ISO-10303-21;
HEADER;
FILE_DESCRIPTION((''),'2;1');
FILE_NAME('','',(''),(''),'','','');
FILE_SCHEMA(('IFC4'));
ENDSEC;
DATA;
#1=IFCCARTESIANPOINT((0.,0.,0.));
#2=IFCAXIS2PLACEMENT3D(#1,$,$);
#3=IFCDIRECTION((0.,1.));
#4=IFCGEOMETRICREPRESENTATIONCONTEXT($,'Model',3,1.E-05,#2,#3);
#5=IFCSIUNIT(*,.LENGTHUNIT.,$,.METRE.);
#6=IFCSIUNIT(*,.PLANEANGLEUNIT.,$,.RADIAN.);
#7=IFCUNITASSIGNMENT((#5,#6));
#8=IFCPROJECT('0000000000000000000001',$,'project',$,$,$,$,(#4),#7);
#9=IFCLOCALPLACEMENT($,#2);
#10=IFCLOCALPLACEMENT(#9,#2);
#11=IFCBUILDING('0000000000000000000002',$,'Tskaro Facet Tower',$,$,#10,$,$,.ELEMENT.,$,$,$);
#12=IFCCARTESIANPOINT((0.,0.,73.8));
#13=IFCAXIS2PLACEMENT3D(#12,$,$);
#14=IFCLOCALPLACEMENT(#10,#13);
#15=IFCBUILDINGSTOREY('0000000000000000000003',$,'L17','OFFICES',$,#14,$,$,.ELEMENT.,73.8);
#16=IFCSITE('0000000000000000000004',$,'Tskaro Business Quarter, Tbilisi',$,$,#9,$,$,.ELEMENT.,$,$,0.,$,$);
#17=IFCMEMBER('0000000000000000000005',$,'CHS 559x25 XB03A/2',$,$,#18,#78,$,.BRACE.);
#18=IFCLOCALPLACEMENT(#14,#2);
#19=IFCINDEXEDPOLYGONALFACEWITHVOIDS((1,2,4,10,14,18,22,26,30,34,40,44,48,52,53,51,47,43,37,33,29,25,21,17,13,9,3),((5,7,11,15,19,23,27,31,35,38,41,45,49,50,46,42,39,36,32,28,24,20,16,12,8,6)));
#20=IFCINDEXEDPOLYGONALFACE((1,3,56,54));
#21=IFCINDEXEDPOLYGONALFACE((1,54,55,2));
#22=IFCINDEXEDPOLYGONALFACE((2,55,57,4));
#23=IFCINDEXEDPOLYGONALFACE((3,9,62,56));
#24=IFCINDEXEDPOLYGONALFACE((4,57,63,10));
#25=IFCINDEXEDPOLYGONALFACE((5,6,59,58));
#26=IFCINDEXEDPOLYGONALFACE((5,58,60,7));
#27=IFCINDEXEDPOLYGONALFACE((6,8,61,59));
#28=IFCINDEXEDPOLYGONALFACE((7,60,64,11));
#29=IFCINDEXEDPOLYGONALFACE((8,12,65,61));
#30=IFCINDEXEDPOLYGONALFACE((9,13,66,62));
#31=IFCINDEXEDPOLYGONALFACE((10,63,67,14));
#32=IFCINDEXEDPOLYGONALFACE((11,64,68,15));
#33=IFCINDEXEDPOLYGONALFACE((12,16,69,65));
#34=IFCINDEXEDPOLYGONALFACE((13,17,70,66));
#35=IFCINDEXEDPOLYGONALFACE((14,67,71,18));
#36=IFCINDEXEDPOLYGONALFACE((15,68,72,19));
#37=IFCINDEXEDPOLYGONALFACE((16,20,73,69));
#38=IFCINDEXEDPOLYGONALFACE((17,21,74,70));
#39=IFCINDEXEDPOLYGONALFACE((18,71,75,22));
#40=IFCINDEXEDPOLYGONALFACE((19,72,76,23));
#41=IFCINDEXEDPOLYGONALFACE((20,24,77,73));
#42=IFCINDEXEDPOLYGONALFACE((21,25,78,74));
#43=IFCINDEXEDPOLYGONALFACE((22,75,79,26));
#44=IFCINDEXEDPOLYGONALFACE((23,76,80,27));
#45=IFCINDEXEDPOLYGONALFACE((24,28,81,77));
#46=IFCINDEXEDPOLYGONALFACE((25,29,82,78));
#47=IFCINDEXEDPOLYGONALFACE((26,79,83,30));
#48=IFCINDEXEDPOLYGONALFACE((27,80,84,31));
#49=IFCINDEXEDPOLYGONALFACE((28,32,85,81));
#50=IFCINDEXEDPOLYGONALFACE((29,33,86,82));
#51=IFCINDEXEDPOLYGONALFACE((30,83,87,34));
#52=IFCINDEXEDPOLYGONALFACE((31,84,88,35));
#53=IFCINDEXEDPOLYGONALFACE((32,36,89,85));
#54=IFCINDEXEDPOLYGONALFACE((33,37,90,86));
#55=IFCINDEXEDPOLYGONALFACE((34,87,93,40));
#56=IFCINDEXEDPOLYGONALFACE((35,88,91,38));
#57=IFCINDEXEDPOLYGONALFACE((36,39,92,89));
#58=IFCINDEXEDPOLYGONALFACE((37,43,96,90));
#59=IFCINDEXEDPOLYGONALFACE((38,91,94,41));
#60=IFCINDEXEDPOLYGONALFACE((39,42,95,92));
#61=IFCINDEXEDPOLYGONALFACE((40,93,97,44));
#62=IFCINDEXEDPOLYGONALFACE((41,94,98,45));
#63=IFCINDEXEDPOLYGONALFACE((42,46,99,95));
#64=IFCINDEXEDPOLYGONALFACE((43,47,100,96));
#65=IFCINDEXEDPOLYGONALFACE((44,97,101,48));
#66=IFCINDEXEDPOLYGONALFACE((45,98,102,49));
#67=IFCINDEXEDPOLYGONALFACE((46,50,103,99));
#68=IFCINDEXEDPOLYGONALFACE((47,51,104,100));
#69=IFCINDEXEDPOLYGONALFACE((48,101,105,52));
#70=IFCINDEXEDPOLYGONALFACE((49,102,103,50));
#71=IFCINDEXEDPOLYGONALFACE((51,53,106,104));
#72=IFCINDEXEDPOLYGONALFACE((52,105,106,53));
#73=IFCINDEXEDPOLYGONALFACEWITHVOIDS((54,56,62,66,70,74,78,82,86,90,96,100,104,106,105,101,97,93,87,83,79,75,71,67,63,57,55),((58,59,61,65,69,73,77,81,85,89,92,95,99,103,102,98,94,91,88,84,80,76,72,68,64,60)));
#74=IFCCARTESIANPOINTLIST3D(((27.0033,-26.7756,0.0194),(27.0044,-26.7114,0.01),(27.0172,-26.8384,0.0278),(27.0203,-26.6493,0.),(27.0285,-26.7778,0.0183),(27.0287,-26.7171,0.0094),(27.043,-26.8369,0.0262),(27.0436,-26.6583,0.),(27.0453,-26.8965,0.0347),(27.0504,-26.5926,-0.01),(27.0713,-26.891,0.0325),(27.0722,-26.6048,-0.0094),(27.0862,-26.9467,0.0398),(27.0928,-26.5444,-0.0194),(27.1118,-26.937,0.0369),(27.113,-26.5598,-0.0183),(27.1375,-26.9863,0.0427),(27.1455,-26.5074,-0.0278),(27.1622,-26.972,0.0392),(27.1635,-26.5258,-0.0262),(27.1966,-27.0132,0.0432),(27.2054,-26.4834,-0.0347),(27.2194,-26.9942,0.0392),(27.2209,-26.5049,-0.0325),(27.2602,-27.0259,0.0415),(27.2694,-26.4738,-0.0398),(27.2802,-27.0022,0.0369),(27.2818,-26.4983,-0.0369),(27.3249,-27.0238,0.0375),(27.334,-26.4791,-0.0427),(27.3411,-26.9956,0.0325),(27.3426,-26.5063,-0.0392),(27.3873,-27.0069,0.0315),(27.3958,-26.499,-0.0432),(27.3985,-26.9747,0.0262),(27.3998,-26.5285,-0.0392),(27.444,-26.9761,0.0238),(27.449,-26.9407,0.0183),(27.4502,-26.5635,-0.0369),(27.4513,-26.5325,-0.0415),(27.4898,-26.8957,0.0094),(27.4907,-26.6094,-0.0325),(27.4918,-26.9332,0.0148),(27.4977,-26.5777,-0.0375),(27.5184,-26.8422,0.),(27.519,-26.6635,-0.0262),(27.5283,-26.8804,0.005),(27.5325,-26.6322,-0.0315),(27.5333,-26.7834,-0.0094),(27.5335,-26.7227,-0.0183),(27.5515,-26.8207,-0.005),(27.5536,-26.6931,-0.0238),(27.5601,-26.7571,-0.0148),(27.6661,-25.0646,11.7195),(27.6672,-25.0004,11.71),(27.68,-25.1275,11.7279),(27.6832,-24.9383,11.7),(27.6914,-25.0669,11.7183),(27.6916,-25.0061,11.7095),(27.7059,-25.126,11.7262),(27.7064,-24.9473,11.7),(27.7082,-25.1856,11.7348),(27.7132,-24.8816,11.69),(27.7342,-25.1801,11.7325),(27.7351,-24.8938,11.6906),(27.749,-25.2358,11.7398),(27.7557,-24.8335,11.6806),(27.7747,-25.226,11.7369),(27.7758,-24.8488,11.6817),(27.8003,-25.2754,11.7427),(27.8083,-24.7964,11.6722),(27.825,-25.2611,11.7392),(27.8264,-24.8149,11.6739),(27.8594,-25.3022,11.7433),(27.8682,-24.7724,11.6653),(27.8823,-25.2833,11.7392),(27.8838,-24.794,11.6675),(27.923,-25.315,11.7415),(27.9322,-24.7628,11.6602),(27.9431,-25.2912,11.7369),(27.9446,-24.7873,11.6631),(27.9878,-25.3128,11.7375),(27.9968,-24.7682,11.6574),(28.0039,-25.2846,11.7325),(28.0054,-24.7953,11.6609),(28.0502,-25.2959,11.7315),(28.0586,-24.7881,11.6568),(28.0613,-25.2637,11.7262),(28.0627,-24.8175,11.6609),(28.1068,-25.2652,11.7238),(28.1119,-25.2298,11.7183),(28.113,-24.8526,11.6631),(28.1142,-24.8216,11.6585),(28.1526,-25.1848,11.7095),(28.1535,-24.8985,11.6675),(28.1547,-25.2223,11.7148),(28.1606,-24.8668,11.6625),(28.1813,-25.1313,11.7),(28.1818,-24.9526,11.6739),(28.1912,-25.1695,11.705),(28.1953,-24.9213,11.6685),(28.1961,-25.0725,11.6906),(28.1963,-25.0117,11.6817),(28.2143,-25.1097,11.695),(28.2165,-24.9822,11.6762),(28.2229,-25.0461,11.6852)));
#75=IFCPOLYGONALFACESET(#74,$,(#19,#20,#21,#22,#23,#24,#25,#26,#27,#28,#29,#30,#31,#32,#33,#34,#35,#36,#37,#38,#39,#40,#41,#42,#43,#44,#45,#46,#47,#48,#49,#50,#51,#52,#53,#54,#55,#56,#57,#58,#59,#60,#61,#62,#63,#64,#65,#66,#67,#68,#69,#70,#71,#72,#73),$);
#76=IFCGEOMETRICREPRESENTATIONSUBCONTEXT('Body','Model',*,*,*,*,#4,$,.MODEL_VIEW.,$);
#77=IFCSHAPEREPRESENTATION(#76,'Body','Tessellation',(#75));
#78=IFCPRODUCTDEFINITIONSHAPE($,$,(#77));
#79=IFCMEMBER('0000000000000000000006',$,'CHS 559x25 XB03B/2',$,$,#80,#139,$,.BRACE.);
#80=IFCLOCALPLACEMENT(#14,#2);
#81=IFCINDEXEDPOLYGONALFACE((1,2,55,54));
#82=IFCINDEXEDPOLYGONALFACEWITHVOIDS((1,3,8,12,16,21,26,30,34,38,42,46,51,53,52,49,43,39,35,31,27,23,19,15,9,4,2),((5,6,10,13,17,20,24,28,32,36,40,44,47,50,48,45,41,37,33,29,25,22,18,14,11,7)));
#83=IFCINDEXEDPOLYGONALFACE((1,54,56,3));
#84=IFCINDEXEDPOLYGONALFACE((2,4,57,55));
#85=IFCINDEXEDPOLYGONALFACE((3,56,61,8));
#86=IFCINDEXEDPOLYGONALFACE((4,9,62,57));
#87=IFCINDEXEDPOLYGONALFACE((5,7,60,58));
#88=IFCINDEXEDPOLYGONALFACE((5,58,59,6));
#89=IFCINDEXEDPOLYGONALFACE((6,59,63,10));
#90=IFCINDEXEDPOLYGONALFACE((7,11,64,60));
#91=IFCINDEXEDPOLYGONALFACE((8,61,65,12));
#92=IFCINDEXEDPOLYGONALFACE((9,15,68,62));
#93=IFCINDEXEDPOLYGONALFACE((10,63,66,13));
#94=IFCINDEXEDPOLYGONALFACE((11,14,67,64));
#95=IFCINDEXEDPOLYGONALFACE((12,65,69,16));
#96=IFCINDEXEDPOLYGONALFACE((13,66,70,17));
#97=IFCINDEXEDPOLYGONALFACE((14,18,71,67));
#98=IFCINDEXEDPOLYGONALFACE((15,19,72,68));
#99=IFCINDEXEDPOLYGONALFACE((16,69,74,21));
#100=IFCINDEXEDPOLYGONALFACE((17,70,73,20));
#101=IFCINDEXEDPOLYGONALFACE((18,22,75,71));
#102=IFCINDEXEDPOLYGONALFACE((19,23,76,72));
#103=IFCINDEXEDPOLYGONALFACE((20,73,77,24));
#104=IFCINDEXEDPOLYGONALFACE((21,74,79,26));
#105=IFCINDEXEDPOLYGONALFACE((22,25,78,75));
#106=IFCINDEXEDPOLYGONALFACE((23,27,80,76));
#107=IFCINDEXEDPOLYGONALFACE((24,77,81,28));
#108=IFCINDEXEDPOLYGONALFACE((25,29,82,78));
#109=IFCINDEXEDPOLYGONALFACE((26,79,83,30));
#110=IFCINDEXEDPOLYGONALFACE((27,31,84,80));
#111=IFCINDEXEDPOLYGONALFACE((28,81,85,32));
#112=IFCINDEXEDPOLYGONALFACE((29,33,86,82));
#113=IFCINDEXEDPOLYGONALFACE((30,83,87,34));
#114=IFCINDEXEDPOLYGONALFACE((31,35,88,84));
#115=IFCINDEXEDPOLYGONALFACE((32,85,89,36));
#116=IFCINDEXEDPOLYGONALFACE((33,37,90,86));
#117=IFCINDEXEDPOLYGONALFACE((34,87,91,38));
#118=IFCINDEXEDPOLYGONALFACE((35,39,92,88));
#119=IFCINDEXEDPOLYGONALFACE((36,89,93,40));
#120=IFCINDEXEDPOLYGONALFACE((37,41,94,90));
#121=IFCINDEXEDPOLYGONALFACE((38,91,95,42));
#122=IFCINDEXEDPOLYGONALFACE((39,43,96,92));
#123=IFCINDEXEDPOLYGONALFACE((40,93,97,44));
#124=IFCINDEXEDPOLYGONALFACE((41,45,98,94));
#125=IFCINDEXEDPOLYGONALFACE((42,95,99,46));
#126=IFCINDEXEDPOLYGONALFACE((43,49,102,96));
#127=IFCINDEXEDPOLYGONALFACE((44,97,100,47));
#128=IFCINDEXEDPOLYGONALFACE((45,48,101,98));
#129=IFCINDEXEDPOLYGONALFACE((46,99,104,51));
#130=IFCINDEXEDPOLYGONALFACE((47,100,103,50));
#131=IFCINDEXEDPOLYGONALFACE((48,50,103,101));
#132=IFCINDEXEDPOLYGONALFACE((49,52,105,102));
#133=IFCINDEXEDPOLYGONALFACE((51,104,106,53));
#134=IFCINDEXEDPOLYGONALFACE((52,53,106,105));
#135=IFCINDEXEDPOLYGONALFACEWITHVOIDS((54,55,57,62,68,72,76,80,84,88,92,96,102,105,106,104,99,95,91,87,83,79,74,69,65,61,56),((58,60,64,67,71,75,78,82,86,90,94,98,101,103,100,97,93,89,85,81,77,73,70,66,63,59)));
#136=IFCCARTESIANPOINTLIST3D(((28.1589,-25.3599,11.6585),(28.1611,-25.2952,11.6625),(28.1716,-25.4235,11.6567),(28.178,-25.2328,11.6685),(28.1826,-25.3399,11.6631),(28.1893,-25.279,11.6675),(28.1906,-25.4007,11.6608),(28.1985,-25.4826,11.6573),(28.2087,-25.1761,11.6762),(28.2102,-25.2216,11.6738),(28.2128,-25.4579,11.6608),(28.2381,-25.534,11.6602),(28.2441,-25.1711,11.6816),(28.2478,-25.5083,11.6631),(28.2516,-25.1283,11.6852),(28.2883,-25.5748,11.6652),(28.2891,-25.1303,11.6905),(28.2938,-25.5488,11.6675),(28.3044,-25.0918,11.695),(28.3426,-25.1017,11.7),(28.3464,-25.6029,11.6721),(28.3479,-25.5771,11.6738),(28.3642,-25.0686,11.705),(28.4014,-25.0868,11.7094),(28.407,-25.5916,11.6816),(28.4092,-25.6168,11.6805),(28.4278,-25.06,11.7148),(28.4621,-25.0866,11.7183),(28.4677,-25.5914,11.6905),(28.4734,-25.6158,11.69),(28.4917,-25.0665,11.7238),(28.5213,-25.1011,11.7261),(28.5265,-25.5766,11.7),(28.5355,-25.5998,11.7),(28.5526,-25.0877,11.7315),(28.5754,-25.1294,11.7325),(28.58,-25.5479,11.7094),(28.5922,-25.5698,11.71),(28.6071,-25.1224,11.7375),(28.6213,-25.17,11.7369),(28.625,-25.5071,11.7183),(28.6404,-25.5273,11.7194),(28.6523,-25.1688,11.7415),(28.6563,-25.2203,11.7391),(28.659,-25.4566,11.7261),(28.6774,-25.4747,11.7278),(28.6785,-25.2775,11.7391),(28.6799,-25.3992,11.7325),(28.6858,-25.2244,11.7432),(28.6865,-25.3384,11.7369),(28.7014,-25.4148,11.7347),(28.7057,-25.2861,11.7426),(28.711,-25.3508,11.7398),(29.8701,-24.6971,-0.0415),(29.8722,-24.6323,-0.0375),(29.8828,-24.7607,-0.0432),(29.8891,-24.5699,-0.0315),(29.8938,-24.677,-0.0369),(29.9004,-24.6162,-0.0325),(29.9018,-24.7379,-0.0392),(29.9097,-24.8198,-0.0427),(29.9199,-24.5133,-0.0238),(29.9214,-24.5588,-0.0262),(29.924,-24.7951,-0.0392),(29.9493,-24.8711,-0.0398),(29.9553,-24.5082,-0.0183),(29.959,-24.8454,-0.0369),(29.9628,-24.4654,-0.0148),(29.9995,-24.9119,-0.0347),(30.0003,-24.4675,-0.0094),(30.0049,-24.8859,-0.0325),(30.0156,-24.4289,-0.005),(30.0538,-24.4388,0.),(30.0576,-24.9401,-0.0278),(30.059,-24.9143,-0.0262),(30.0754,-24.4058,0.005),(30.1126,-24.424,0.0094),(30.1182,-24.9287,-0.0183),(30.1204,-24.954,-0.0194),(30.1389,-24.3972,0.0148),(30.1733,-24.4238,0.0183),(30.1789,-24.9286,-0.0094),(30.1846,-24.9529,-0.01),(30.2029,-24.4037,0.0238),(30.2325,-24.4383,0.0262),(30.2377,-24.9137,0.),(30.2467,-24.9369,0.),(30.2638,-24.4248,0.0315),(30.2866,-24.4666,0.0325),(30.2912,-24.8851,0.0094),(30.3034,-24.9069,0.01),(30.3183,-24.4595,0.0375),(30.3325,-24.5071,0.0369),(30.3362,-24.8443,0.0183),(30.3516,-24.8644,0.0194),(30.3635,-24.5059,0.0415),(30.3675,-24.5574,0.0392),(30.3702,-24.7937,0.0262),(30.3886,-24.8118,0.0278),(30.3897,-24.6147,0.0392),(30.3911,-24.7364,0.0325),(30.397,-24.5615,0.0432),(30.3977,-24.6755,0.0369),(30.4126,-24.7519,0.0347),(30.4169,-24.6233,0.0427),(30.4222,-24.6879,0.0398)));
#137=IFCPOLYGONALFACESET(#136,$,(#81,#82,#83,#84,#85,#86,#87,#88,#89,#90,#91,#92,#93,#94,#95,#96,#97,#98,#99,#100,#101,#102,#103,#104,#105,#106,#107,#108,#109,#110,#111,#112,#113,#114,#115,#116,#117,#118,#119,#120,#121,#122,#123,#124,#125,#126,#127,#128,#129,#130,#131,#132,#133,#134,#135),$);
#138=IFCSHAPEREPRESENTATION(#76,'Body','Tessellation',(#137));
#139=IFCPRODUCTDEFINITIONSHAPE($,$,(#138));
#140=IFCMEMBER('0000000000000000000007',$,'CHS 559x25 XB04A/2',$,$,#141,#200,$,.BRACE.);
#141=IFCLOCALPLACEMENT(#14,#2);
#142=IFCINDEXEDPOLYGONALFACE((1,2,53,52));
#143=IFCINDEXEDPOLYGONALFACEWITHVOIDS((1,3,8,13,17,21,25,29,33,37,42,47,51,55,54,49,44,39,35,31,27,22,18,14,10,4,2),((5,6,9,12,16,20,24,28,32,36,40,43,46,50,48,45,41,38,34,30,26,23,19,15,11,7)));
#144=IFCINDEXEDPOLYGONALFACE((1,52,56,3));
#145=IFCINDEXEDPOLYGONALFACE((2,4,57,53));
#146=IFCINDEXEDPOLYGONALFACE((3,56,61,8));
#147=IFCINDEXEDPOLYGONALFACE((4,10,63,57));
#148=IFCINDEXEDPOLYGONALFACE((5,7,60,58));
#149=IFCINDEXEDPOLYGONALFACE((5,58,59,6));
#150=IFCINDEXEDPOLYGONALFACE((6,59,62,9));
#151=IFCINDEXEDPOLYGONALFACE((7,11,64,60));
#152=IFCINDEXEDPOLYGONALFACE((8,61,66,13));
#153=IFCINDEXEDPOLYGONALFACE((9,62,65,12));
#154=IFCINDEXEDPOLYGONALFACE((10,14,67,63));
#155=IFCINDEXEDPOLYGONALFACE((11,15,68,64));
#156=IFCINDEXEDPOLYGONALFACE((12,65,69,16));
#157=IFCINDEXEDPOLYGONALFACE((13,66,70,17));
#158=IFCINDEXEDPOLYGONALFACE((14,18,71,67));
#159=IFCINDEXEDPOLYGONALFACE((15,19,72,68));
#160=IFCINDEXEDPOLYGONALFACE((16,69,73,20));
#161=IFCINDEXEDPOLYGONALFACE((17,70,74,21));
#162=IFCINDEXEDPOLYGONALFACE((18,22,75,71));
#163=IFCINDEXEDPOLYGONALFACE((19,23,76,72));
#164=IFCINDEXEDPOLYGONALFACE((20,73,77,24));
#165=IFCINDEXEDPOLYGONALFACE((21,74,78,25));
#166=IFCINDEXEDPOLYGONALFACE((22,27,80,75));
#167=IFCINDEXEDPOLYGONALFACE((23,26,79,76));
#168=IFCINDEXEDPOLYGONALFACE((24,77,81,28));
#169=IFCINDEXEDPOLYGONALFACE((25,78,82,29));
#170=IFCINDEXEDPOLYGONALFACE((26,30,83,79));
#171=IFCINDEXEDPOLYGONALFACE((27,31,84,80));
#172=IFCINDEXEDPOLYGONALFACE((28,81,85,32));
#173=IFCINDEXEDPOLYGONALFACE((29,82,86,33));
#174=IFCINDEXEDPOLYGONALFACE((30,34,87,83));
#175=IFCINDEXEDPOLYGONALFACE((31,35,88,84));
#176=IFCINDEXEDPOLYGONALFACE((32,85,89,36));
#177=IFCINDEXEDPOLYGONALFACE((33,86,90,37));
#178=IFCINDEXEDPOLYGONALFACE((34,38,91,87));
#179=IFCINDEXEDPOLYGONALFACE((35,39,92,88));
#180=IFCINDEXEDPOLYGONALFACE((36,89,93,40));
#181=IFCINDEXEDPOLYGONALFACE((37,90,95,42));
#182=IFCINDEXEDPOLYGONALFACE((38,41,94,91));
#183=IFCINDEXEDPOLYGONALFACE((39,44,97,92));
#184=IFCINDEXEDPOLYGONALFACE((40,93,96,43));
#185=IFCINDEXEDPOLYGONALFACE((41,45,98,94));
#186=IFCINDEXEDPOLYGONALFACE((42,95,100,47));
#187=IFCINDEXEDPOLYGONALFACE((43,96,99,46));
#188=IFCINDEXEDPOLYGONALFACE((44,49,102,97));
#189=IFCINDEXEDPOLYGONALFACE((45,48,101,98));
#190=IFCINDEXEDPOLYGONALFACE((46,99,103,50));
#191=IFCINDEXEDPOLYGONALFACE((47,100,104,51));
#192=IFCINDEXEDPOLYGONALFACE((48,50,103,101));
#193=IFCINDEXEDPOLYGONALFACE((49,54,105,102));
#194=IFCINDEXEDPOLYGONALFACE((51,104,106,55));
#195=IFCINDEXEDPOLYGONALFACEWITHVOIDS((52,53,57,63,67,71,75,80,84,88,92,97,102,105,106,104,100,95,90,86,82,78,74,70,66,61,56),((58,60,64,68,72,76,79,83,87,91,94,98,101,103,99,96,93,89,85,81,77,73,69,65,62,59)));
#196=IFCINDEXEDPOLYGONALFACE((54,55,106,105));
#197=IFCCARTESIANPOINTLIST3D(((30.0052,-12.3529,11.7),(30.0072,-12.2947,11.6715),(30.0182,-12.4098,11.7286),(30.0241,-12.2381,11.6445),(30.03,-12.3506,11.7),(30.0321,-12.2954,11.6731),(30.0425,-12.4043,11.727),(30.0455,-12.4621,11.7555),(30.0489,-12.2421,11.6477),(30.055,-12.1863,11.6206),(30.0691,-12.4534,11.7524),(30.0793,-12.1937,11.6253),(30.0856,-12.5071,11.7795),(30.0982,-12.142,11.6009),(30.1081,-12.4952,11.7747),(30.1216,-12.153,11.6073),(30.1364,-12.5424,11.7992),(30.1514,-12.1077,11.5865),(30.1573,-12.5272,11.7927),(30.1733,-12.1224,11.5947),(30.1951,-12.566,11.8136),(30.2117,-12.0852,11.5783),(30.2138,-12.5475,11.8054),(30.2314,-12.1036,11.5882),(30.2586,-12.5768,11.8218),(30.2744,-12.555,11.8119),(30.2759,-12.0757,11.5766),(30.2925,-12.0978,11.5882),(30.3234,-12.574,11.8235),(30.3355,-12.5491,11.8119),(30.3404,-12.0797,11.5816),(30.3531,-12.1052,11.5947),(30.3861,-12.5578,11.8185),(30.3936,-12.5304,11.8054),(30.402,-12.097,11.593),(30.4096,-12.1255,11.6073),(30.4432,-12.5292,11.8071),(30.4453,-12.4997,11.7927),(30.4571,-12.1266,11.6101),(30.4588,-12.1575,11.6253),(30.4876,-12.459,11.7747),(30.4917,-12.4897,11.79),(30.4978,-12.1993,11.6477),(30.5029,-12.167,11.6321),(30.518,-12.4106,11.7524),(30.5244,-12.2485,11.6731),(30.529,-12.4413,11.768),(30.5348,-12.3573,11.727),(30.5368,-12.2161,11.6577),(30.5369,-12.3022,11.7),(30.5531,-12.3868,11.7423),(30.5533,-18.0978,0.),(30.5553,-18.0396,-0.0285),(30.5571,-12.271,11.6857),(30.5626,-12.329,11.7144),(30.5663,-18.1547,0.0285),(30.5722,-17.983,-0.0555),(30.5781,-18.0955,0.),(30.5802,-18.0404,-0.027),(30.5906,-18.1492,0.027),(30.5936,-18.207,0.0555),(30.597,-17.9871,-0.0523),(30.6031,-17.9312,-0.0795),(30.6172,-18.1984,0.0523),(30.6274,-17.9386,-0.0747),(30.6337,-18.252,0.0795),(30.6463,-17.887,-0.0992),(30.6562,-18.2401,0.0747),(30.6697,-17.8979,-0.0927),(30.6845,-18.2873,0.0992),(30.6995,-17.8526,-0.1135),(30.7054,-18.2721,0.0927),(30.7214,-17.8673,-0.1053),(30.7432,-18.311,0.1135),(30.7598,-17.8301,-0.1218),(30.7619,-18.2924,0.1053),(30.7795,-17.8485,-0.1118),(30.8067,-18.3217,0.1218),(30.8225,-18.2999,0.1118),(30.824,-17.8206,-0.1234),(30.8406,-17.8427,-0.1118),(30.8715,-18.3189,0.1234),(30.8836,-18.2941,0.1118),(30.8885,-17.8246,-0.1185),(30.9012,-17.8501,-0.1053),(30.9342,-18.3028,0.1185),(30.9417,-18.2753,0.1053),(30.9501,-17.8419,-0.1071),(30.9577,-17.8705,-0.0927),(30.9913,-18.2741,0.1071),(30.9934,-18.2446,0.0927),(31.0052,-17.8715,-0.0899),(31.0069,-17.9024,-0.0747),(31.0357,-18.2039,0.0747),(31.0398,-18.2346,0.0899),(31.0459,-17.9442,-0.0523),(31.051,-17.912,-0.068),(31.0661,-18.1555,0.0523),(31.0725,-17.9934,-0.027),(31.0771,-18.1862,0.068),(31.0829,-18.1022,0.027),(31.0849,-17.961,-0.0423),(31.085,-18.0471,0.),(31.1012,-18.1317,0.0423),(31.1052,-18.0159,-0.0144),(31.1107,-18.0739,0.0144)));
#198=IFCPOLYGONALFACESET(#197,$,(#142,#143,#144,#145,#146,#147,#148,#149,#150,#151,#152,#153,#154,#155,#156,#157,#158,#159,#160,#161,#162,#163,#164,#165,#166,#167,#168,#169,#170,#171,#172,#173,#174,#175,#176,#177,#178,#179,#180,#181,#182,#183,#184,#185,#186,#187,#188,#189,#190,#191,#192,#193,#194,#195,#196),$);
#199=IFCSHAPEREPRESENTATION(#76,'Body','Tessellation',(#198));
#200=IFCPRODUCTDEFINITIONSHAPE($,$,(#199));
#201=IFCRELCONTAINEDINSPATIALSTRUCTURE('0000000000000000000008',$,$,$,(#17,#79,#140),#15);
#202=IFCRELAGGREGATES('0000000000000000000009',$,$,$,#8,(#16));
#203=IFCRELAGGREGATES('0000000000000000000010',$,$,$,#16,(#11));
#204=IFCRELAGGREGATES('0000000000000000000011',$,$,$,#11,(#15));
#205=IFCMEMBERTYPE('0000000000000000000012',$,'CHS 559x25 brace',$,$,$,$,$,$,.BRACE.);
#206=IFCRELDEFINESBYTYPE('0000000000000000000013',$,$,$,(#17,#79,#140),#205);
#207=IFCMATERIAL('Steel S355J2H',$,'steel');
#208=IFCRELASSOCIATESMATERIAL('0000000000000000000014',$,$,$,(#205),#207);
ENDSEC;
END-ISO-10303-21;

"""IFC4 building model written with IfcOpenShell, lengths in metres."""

from ifc_helpers import new_model, si_unit, direction, frame, origin, origin_2d, place, context, subcontext, project, spatial, hollow_circle, extrude, material, material_profile, profile_set, type_object, element, save


model = new_model("IFC4")

# Units and contexts
model_context = context("Model", 3, precision=1e-05, world=origin(), true_north=direction((0.0, 1.0)))
body_context = subcontext(model_context, "Body", "Model", "MODEL_VIEW")
ifc_project = project(units=[si_unit("LENGTHUNIT", "METRE"), si_unit("PLANEANGLEUNIT", "RADIAN")], contexts=[model_context])

# Site, building, storey
site_placement = place(None, origin())
site = spatial("IfcSite", under=ifc_project, at=site_placement, Name="Tskaro Business Quarter, Tbilisi", CompositionType="ELEMENT", RefElevation=0.0)
building_placement = place(site_placement, origin())
building = spatial("IfcBuilding", under=site, at=building_placement, Name="Tskaro Facet Tower", CompositionType="ELEMENT")
storey_placement = place(building_placement, frame((0.0, 0.0, 73.8)))
storey = spatial("IfcBuildingStorey", under=building, at=storey_placement, Name="L17", Description="OFFICES", CompositionType="ELEMENT", Elevation=73.8)

# Shared definitions
ifc_material_1 = material(Name="Steel S355J2H", Category="steel")

# Members
ifc_material_profile_1 = material_profile(ifc_material_1, hollow_circle(Radius=0.2795, WallThickness=0.0249, at=origin_2d()), Name="CHS 559x25")
ifc_profile_set_1 = profile_set([ifc_material_profile_1], Name="Steel S355J2H")
member_type_1 = type_object("IfcMemberType", Name="CHS 559x25 brace", PredefinedType="BRACE", material=ifc_profile_set_1)
for number, where, z_axis, x_axis, name in (
    (1, (27.281, -26.7502, 0.0), (0.055969, 0.144469, 0.987925), (-0.932468, 0.361252, 0.0), "CHS 559x25 XB03A/2"),
    (2, (30.1458, -24.6763, 0.0), (-0.144489, -0.055969, 0.987922), (0.361207, -0.932486, 0.0), "CHS 559x25 XB03B/2"),
):
    element("IfcMember", number, at=place(storey_placement, frame(where, z_axis=z_axis, x_axis=x_axis)), inside=storey, type_object=member_type_1, Name=name, PredefinedType="BRACE", context=body_context, shape_type="SweptSolid", body=[
        extrude(hollow_circle(Radius=0.2795, WallThickness=0.0249, at=origin_2d()), origin(), (0.0, 0.0, 1.0), 11.843),
    ])
member_1_placement = place(storey_placement, frame((30.8315, -18.0713, 0.0), z_axis=(-0.042013, 0.440362, 0.896837), x_axis=(-0.99548, -0.094975, 0.0)))
element("IfcMember", 3, at=member_1_placement, inside=storey, type_object=member_type_1, Name="CHS 559x25 XB04A/2", PredefinedType="BRACE", context=body_context, shape_type="SweptSolid", body=[
    extrude(hollow_circle(Radius=0.2795, WallThickness=0.0249, at=origin_2d()), origin(), (0.0, 0.0, 1.0), 13.0459),
])

save(model, "model.ifc")
